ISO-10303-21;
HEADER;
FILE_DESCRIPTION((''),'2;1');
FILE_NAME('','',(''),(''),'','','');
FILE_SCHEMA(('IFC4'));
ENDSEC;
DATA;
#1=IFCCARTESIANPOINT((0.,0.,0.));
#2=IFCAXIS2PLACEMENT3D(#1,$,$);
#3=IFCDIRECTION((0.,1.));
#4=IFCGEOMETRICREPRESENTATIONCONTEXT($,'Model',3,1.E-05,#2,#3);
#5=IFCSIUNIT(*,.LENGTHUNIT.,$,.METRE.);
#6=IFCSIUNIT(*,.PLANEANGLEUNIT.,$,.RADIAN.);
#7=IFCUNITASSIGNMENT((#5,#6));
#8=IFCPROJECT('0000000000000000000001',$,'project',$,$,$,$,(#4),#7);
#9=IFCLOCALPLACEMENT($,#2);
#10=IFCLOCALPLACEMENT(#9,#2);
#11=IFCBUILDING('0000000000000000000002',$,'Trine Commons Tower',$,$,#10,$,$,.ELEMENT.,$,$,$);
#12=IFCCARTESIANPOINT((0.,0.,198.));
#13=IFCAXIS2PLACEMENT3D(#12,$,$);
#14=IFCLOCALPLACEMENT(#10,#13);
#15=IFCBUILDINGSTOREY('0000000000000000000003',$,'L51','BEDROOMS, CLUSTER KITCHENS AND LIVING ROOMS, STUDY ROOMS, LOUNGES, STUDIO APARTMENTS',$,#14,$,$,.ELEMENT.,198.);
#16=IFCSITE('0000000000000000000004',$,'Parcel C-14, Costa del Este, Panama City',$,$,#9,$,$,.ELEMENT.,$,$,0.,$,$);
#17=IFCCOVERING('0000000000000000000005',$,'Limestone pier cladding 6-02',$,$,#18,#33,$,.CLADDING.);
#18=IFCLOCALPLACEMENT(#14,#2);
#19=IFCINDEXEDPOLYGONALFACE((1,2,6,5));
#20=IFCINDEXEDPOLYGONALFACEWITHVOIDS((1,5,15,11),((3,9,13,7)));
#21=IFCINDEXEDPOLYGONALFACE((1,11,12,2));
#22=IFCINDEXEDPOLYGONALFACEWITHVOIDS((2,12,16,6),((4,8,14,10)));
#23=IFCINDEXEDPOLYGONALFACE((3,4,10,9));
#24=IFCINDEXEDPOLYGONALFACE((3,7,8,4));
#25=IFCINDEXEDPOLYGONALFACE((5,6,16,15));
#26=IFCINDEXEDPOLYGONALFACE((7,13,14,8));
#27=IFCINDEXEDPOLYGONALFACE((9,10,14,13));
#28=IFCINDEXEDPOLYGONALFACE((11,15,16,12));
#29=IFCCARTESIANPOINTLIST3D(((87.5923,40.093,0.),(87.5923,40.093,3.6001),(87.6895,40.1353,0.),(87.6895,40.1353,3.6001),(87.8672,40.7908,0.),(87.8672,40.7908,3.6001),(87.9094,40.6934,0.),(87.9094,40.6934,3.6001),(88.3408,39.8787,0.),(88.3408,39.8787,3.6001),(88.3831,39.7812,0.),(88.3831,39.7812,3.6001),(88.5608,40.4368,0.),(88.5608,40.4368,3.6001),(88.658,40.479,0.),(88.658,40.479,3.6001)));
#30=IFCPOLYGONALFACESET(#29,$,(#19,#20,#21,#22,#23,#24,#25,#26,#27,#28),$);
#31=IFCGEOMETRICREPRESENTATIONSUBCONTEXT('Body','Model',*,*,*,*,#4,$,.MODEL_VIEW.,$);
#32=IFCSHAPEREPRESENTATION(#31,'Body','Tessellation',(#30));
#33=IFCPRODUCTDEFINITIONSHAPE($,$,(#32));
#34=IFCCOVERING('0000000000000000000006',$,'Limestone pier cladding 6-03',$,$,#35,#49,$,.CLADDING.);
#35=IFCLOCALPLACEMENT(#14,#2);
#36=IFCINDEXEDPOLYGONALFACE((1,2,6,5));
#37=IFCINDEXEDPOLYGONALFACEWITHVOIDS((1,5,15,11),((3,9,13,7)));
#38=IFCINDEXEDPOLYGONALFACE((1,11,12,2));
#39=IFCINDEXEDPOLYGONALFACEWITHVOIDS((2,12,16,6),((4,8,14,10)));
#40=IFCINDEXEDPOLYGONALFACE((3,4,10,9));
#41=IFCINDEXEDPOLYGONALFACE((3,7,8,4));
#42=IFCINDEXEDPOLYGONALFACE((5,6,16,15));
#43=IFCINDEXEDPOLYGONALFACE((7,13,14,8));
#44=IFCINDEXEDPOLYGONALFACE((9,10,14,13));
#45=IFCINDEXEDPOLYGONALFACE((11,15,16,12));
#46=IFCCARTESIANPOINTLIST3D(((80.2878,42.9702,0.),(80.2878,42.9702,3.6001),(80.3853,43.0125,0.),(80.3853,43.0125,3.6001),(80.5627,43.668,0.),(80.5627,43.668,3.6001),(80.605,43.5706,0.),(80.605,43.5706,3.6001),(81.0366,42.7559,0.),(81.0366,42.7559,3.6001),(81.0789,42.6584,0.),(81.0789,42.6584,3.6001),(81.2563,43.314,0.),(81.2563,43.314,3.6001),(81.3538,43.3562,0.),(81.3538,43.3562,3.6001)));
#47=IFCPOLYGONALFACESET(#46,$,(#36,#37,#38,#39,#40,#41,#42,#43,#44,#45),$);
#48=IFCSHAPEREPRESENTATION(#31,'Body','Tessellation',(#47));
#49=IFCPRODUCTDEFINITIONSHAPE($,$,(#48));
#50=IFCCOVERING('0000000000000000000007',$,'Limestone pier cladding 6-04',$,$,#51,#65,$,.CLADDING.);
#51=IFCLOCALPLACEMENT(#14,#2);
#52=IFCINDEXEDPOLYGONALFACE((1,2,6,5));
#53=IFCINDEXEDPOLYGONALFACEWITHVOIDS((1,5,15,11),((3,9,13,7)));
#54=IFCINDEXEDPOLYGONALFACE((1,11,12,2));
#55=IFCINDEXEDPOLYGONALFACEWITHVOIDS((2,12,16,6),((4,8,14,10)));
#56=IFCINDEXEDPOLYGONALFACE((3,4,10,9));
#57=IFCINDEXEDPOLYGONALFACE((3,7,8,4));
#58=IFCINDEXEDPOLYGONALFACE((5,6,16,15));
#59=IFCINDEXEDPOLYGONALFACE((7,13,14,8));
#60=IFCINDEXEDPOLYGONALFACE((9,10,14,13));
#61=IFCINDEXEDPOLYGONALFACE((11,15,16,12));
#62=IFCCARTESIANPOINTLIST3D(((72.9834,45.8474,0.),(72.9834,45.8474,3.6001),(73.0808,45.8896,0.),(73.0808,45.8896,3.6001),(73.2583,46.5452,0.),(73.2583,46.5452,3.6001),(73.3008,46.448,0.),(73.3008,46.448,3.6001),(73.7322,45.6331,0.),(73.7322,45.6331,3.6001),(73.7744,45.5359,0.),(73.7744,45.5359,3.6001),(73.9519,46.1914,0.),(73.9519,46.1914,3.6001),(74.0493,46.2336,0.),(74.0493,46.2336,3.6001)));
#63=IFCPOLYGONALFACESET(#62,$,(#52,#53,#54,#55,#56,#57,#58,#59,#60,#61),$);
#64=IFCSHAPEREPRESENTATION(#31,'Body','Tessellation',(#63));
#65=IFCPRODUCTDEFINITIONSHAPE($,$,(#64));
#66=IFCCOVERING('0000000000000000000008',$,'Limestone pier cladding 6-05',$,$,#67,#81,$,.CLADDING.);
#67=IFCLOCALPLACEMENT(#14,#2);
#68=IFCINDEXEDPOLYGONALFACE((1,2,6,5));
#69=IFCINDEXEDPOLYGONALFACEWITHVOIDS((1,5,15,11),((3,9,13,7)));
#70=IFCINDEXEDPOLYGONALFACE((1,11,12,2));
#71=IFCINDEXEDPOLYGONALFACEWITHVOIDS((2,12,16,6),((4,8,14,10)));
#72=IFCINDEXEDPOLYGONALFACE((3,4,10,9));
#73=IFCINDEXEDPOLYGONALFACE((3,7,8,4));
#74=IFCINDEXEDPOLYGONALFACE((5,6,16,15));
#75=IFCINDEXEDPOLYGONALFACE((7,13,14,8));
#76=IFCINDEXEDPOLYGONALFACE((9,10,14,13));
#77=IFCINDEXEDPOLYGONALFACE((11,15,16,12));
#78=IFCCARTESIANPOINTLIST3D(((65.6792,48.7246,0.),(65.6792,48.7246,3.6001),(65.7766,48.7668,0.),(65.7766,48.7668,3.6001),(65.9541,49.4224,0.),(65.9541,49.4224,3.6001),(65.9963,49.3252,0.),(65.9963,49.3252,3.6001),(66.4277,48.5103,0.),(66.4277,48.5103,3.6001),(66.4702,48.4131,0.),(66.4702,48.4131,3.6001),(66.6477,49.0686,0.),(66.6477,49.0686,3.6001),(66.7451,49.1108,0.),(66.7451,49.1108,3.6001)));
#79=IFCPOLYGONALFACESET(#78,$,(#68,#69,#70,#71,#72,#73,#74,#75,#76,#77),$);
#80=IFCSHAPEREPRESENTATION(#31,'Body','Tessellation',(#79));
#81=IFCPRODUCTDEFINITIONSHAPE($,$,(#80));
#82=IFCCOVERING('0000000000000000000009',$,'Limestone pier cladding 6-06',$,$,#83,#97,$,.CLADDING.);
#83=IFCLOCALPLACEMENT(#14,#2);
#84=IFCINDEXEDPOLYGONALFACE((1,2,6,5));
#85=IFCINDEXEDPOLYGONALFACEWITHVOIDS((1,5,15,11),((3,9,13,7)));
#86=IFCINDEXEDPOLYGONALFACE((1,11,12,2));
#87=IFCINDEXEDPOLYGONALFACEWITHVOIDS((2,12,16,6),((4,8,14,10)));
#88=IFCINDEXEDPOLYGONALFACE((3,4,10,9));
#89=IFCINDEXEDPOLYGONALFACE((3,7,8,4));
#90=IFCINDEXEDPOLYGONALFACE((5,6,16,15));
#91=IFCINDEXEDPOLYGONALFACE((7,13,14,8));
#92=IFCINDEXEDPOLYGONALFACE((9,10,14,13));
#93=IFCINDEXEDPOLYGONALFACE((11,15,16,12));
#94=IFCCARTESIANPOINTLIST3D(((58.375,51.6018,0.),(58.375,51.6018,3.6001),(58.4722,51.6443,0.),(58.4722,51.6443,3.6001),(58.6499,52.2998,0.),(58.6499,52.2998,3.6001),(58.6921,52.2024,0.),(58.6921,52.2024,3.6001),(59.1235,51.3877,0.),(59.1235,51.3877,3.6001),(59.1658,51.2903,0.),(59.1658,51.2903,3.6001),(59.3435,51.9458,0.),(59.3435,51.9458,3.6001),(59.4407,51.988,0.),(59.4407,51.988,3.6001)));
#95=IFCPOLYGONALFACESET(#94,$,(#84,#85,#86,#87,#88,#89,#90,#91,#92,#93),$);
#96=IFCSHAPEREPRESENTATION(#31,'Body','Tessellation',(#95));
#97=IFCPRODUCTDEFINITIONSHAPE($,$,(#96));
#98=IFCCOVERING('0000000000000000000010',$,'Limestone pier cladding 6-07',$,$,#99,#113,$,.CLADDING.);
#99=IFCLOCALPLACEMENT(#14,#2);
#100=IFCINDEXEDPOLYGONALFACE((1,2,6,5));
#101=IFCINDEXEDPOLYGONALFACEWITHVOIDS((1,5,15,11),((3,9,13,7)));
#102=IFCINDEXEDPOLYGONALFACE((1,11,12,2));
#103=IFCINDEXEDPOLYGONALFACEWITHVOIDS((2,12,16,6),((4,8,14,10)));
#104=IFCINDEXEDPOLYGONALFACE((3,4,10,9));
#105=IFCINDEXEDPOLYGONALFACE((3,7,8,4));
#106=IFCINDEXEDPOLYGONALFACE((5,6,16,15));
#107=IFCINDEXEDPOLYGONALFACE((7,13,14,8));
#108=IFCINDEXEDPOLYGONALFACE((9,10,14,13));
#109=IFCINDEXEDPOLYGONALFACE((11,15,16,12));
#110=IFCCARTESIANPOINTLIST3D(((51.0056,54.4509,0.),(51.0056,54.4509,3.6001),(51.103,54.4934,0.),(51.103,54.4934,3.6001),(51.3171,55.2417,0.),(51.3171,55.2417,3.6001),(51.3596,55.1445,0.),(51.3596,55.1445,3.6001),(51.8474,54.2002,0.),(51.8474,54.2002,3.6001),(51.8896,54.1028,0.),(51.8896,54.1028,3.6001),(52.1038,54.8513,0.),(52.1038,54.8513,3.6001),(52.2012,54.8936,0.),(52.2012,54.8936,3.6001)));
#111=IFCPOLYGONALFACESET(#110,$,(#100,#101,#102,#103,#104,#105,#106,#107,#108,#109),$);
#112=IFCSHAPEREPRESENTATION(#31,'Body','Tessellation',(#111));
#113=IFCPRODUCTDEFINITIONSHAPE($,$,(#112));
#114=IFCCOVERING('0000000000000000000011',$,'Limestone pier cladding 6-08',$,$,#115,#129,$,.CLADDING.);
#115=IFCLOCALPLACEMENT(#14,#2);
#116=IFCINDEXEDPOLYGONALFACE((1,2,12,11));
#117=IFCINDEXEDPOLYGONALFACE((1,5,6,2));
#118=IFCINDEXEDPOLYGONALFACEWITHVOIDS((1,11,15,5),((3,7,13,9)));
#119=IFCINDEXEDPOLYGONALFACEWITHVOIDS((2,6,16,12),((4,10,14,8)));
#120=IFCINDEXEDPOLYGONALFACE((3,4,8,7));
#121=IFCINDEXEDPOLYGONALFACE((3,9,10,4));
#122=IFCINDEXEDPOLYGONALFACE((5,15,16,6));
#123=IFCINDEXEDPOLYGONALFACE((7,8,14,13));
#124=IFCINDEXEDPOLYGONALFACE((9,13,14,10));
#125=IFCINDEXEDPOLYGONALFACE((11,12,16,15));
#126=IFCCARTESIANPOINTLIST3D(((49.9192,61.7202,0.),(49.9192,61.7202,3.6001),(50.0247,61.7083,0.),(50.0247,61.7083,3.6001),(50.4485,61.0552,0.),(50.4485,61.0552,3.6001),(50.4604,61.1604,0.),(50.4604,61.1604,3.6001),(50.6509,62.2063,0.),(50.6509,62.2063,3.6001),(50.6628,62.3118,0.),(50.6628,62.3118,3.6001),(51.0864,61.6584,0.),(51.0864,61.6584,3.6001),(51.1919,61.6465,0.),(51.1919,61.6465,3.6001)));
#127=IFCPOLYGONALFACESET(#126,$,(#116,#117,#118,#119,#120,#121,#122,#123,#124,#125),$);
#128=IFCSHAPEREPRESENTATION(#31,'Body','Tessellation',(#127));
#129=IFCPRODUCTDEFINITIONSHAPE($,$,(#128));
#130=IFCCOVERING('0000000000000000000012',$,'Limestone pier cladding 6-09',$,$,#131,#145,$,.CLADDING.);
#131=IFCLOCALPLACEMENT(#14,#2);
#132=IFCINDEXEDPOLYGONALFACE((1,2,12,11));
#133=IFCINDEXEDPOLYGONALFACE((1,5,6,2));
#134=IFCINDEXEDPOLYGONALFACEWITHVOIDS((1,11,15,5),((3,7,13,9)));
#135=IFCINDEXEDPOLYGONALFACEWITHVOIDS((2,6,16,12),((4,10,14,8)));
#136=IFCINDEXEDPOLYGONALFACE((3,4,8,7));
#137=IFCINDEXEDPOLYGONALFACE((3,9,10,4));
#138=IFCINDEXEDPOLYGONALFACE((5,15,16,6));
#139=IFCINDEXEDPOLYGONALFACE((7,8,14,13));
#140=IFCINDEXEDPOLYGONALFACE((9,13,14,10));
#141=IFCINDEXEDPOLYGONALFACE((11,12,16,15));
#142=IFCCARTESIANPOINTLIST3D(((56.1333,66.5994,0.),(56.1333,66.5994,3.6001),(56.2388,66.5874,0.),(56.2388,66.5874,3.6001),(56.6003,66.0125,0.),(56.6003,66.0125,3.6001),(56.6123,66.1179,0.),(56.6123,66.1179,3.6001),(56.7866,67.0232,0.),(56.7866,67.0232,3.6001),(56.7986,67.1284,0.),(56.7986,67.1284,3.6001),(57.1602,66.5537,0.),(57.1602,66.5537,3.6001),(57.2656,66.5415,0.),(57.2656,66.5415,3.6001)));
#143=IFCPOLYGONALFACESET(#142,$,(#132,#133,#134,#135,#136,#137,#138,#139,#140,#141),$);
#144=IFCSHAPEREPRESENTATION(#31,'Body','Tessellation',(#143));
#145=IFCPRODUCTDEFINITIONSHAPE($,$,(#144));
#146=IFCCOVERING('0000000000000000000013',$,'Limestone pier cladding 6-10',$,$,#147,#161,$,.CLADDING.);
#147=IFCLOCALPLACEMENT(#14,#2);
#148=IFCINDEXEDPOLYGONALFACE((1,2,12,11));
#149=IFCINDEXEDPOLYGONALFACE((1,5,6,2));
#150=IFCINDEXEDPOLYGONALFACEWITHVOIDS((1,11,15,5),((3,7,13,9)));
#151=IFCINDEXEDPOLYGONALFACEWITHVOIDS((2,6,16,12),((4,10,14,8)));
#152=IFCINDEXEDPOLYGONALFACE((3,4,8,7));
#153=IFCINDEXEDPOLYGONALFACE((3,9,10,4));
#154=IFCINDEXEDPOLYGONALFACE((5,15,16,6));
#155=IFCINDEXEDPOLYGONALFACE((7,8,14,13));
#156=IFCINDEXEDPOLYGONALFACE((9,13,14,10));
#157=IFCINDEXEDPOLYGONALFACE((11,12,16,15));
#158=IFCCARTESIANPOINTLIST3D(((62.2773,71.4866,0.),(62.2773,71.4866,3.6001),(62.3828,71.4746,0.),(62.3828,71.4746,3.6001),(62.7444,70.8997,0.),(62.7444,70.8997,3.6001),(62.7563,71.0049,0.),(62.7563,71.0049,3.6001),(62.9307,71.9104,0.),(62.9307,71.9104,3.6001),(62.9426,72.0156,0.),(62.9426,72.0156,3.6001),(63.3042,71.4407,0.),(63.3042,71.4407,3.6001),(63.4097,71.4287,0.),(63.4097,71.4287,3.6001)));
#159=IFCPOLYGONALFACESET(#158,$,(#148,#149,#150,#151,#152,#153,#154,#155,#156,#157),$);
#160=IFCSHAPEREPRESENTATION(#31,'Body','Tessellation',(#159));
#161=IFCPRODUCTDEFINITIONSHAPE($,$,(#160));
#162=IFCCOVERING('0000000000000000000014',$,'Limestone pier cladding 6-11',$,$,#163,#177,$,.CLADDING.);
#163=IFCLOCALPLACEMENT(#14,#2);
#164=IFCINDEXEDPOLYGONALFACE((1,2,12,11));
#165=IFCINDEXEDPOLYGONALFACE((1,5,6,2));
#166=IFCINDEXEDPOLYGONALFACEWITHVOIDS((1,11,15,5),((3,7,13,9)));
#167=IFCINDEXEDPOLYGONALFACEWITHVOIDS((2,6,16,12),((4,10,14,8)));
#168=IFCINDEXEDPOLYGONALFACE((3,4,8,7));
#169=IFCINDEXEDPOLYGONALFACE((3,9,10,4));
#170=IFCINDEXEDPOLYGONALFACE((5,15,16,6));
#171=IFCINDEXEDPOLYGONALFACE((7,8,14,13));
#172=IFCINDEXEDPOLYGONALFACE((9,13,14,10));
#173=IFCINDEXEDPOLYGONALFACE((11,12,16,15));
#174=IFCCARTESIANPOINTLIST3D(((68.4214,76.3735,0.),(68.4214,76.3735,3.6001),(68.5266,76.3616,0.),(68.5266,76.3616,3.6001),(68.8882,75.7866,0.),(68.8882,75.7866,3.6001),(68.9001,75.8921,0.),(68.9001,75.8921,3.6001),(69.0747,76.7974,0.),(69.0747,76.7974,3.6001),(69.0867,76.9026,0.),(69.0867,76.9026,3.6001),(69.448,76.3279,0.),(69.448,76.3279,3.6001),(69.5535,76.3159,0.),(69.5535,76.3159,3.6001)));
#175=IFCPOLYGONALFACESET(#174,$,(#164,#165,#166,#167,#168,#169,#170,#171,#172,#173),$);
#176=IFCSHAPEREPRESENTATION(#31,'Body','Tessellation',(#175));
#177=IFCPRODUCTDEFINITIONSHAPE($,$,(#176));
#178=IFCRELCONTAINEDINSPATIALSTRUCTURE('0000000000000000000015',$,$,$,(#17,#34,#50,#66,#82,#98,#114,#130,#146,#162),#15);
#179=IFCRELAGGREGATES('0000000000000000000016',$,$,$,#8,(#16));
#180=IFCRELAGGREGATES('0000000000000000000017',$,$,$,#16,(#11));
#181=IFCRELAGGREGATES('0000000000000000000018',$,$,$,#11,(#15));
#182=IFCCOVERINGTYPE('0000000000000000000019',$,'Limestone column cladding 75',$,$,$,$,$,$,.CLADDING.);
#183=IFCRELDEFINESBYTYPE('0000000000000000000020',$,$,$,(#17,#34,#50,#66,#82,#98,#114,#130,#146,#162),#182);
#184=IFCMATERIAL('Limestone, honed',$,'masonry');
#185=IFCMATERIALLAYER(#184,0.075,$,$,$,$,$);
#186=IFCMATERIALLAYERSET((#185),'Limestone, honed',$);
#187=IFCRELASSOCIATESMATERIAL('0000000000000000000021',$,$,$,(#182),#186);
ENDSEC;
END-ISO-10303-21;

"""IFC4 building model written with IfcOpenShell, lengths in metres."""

from ifc_helpers import new_model, si_unit, direction, frame, origin, place, context, subcontext, project, spatial, polyline, outline, extrude, material, layer, layer_set, type_object, element, save


model = new_model("IFC4")

# Units and contexts
model_context = context("Model", 3, precision=1e-05, world=origin(), true_north=direction((0.0, 1.0)))
body_context = subcontext(model_context, "Body", "Model", "MODEL_VIEW")
ifc_project = project(units=[si_unit("LENGTHUNIT", "METRE"), si_unit("PLANEANGLEUNIT", "RADIAN")], contexts=[model_context])

# Site, building, storey
site_placement = place(None, origin())
site = spatial("IfcSite", under=ifc_project, at=site_placement, Name="Parcel C-14, Costa del Este, Panama City", CompositionType="ELEMENT", RefElevation=0.0)
building_placement = place(site_placement, origin())
building = spatial("IfcBuilding", under=site, at=building_placement, Name="Trine Commons Tower", CompositionType="ELEMENT")
storey_placement = place(building_placement, frame((0.0, 0.0, 198.0)))
storey = spatial("IfcBuildingStorey", under=building, at=storey_placement, Name="L51", Description="BEDROOMS, CLUSTER KITCHENS AND LIVING ROOMS, STUDY ROOMS, LOUNGES, STUDIO APARTMENTS", CompositionType="ELEMENT", Elevation=198.0)

# Coverings
ifc_material_1 = material(Name="Limestone, honed", Category="masonry")
ifc_layer_1 = layer(ifc_material_1, 0.075)
ifc_layer_set_1 = layer_set([ifc_layer_1], Name="Limestone, honed")
covering_type = type_object("IfcCoveringType", Name="Limestone column cladding 75", PredefinedType="CLADDING", material=ifc_layer_set_1)
covering_1_placement = place(storey_placement, origin())
element("IfcCovering", 1, at=covering_1_placement, inside=storey, type_object=covering_type, Name="Limestone pier cladding 6-02", PredefinedType="CLADDING", context=body_context, shape_type="SweptSolid", body=[
    extrude(outline(polyline([(87.8672, 40.7908), (87.5923, 40.093), (88.3831, 39.7812), (88.658, 40.479), (87.8672, 40.7908)]), holes=[polyline([(87.9094, 40.6934), (87.6895, 40.1353), (88.3408, 39.8787), (88.5608, 40.4368), (87.9094, 40.6934)])]), origin(), (0.0, 0.0, 1.0), 3.6001),
])
covering_2_placement = place(storey_placement, origin())
element("IfcCovering", 2, at=covering_2_placement, inside=storey, type_object=covering_type, Name="Limestone pier cladding 6-03", PredefinedType="CLADDING", context=body_context, shape_type="SweptSolid", body=[
    extrude(outline(polyline([(80.5627, 43.668), (80.2878, 42.9702), (81.0789, 42.6584), (81.3538, 43.3562), (80.5627, 43.668)]), holes=[polyline([(80.605, 43.5706), (80.3853, 43.0125), (81.0366, 42.7559), (81.2563, 43.314), (80.605, 43.5706)])]), origin(), (0.0, 0.0, 1.0), 3.6001),
])
covering_3_placement = place(storey_placement, origin())
element("IfcCovering", 3, at=covering_3_placement, inside=storey, type_object=covering_type, Name="Limestone pier cladding 6-04", PredefinedType="CLADDING", context=body_context, shape_type="SweptSolid", body=[
    extrude(outline(polyline([(73.2583, 46.5452), (72.9834, 45.8474), (73.7744, 45.5359), (74.0493, 46.2336), (73.2583, 46.5452)]), holes=[polyline([(73.3008, 46.448), (73.0808, 45.8896), (73.7322, 45.6331), (73.9519, 46.1914), (73.3008, 46.448)])]), origin(), (0.0, 0.0, 1.0), 3.6001),
])
covering_4_placement = place(storey_placement, origin())
element("IfcCovering", 4, at=covering_4_placement, inside=storey, type_object=covering_type, Name="Limestone pier cladding 6-05", PredefinedType="CLADDING", context=body_context, shape_type="SweptSolid", body=[
    extrude(outline(polyline([(65.9541, 49.4224), (65.6792, 48.7246), (66.4702, 48.4131), (66.7451, 49.1108), (65.9541, 49.4224)]), holes=[polyline([(65.9963, 49.3252), (65.7766, 48.7668), (66.4277, 48.5103), (66.6477, 49.0686), (65.9963, 49.3252)])]), origin(), (0.0, 0.0, 1.0), 3.6001),
])
covering_5_placement = place(storey_placement, origin())
element("IfcCovering", 5, at=covering_5_placement, inside=storey, type_object=covering_type, Name="Limestone pier cladding 6-06", PredefinedType="CLADDING", context=body_context, shape_type="SweptSolid", body=[
    extrude(outline(polyline([(58.6499, 52.2998), (58.375, 51.6018), (59.1658, 51.2903), (59.4407, 51.988), (58.6499, 52.2998)]), holes=[polyline([(58.6921, 52.2024), (58.4722, 51.6443), (59.1235, 51.3877), (59.3435, 51.9458), (58.6921, 52.2024)])]), origin(), (0.0, 0.0, 1.0), 3.6001),
])
covering_6_placement = place(storey_placement, origin())
element("IfcCovering", 6, at=covering_6_placement, inside=storey, type_object=covering_type, Name="Limestone pier cladding 6-07", PredefinedType="CLADDING", context=body_context, shape_type="SweptSolid", body=[
    extrude(outline(polyline([(51.3171, 55.2417), (51.0056, 54.4509), (51.8896, 54.1028), (52.2012, 54.8936), (51.3171, 55.2417)]), holes=[polyline([(51.3596, 55.1445), (51.103, 54.4934), (51.8474, 54.2002), (52.1038, 54.8513), (51.3596, 55.1445)])]), origin(), (0.0, 0.0, 1.0), 3.6001),
])
covering_7_placement = place(storey_placement, origin())
element("IfcCovering", 7, at=covering_7_placement, inside=storey, type_object=covering_type, Name="Limestone pier cladding 6-08", PredefinedType="CLADDING", context=body_context, shape_type="SweptSolid", body=[
    extrude(outline(polyline([(51.1919, 61.6465), (50.6628, 62.3118), (49.9192, 61.7202), (50.4485, 61.0552), (51.1919, 61.6465)]), holes=[polyline([(51.0864, 61.6584), (50.6509, 62.2063), (50.0247, 61.7083), (50.4604, 61.1604), (51.0864, 61.6584)])]), origin(), (0.0, 0.0, 1.0), 3.6001),
])
covering_8_placement = place(storey_placement, origin())
element("IfcCovering", 8, at=covering_8_placement, inside=storey, type_object=covering_type, Name="Limestone pier cladding 6-09", PredefinedType="CLADDING", context=body_context, shape_type="SweptSolid", body=[
    extrude(outline(polyline([(57.2656, 66.5415), (56.7986, 67.1284), (56.1333, 66.5994), (56.6003, 66.0125), (57.2656, 66.5415)]), holes=[polyline([(57.1602, 66.5537), (56.7866, 67.0232), (56.2388, 66.5874), (56.6123, 66.1179), (57.1602, 66.5537)])]), origin(), (0.0, 0.0, 1.0), 3.6001),
])
covering_9_placement = place(storey_placement, origin())
element("IfcCovering", 9, at=covering_9_placement, inside=storey, type_object=covering_type, Name="Limestone pier cladding 6-10", PredefinedType="CLADDING", context=body_context, shape_type="SweptSolid", body=[
    extrude(outline(polyline([(63.4097, 71.4287), (62.9426, 72.0156), (62.2773, 71.4866), (62.7444, 70.8997), (63.4097, 71.4287)]), holes=[polyline([(63.3042, 71.4407), (62.9307, 71.9104), (62.3828, 71.4746), (62.7563, 71.0049), (63.3042, 71.4407)])]), origin(), (0.0, 0.0, 1.0), 3.6001),
])
covering_10_placement = place(storey_placement, origin())
element("IfcCovering", 10, at=covering_10_placement, inside=storey, type_object=covering_type, Name="Limestone pier cladding 6-11", PredefinedType="CLADDING", context=body_context, shape_type="SweptSolid", body=[
    extrude(outline(polyline([(69.5535, 76.3159), (69.0867, 76.9026), (68.4214, 76.3735), (68.8882, 75.7866), (69.5535, 76.3159)]), holes=[polyline([(69.448, 76.3279), (69.0747, 76.7974), (68.5266, 76.3616), (68.9001, 75.8921), (69.448, 76.3279)])]), origin(), (0.0, 0.0, 1.0), 3.6001),
])

save(model, "model.ifc")
